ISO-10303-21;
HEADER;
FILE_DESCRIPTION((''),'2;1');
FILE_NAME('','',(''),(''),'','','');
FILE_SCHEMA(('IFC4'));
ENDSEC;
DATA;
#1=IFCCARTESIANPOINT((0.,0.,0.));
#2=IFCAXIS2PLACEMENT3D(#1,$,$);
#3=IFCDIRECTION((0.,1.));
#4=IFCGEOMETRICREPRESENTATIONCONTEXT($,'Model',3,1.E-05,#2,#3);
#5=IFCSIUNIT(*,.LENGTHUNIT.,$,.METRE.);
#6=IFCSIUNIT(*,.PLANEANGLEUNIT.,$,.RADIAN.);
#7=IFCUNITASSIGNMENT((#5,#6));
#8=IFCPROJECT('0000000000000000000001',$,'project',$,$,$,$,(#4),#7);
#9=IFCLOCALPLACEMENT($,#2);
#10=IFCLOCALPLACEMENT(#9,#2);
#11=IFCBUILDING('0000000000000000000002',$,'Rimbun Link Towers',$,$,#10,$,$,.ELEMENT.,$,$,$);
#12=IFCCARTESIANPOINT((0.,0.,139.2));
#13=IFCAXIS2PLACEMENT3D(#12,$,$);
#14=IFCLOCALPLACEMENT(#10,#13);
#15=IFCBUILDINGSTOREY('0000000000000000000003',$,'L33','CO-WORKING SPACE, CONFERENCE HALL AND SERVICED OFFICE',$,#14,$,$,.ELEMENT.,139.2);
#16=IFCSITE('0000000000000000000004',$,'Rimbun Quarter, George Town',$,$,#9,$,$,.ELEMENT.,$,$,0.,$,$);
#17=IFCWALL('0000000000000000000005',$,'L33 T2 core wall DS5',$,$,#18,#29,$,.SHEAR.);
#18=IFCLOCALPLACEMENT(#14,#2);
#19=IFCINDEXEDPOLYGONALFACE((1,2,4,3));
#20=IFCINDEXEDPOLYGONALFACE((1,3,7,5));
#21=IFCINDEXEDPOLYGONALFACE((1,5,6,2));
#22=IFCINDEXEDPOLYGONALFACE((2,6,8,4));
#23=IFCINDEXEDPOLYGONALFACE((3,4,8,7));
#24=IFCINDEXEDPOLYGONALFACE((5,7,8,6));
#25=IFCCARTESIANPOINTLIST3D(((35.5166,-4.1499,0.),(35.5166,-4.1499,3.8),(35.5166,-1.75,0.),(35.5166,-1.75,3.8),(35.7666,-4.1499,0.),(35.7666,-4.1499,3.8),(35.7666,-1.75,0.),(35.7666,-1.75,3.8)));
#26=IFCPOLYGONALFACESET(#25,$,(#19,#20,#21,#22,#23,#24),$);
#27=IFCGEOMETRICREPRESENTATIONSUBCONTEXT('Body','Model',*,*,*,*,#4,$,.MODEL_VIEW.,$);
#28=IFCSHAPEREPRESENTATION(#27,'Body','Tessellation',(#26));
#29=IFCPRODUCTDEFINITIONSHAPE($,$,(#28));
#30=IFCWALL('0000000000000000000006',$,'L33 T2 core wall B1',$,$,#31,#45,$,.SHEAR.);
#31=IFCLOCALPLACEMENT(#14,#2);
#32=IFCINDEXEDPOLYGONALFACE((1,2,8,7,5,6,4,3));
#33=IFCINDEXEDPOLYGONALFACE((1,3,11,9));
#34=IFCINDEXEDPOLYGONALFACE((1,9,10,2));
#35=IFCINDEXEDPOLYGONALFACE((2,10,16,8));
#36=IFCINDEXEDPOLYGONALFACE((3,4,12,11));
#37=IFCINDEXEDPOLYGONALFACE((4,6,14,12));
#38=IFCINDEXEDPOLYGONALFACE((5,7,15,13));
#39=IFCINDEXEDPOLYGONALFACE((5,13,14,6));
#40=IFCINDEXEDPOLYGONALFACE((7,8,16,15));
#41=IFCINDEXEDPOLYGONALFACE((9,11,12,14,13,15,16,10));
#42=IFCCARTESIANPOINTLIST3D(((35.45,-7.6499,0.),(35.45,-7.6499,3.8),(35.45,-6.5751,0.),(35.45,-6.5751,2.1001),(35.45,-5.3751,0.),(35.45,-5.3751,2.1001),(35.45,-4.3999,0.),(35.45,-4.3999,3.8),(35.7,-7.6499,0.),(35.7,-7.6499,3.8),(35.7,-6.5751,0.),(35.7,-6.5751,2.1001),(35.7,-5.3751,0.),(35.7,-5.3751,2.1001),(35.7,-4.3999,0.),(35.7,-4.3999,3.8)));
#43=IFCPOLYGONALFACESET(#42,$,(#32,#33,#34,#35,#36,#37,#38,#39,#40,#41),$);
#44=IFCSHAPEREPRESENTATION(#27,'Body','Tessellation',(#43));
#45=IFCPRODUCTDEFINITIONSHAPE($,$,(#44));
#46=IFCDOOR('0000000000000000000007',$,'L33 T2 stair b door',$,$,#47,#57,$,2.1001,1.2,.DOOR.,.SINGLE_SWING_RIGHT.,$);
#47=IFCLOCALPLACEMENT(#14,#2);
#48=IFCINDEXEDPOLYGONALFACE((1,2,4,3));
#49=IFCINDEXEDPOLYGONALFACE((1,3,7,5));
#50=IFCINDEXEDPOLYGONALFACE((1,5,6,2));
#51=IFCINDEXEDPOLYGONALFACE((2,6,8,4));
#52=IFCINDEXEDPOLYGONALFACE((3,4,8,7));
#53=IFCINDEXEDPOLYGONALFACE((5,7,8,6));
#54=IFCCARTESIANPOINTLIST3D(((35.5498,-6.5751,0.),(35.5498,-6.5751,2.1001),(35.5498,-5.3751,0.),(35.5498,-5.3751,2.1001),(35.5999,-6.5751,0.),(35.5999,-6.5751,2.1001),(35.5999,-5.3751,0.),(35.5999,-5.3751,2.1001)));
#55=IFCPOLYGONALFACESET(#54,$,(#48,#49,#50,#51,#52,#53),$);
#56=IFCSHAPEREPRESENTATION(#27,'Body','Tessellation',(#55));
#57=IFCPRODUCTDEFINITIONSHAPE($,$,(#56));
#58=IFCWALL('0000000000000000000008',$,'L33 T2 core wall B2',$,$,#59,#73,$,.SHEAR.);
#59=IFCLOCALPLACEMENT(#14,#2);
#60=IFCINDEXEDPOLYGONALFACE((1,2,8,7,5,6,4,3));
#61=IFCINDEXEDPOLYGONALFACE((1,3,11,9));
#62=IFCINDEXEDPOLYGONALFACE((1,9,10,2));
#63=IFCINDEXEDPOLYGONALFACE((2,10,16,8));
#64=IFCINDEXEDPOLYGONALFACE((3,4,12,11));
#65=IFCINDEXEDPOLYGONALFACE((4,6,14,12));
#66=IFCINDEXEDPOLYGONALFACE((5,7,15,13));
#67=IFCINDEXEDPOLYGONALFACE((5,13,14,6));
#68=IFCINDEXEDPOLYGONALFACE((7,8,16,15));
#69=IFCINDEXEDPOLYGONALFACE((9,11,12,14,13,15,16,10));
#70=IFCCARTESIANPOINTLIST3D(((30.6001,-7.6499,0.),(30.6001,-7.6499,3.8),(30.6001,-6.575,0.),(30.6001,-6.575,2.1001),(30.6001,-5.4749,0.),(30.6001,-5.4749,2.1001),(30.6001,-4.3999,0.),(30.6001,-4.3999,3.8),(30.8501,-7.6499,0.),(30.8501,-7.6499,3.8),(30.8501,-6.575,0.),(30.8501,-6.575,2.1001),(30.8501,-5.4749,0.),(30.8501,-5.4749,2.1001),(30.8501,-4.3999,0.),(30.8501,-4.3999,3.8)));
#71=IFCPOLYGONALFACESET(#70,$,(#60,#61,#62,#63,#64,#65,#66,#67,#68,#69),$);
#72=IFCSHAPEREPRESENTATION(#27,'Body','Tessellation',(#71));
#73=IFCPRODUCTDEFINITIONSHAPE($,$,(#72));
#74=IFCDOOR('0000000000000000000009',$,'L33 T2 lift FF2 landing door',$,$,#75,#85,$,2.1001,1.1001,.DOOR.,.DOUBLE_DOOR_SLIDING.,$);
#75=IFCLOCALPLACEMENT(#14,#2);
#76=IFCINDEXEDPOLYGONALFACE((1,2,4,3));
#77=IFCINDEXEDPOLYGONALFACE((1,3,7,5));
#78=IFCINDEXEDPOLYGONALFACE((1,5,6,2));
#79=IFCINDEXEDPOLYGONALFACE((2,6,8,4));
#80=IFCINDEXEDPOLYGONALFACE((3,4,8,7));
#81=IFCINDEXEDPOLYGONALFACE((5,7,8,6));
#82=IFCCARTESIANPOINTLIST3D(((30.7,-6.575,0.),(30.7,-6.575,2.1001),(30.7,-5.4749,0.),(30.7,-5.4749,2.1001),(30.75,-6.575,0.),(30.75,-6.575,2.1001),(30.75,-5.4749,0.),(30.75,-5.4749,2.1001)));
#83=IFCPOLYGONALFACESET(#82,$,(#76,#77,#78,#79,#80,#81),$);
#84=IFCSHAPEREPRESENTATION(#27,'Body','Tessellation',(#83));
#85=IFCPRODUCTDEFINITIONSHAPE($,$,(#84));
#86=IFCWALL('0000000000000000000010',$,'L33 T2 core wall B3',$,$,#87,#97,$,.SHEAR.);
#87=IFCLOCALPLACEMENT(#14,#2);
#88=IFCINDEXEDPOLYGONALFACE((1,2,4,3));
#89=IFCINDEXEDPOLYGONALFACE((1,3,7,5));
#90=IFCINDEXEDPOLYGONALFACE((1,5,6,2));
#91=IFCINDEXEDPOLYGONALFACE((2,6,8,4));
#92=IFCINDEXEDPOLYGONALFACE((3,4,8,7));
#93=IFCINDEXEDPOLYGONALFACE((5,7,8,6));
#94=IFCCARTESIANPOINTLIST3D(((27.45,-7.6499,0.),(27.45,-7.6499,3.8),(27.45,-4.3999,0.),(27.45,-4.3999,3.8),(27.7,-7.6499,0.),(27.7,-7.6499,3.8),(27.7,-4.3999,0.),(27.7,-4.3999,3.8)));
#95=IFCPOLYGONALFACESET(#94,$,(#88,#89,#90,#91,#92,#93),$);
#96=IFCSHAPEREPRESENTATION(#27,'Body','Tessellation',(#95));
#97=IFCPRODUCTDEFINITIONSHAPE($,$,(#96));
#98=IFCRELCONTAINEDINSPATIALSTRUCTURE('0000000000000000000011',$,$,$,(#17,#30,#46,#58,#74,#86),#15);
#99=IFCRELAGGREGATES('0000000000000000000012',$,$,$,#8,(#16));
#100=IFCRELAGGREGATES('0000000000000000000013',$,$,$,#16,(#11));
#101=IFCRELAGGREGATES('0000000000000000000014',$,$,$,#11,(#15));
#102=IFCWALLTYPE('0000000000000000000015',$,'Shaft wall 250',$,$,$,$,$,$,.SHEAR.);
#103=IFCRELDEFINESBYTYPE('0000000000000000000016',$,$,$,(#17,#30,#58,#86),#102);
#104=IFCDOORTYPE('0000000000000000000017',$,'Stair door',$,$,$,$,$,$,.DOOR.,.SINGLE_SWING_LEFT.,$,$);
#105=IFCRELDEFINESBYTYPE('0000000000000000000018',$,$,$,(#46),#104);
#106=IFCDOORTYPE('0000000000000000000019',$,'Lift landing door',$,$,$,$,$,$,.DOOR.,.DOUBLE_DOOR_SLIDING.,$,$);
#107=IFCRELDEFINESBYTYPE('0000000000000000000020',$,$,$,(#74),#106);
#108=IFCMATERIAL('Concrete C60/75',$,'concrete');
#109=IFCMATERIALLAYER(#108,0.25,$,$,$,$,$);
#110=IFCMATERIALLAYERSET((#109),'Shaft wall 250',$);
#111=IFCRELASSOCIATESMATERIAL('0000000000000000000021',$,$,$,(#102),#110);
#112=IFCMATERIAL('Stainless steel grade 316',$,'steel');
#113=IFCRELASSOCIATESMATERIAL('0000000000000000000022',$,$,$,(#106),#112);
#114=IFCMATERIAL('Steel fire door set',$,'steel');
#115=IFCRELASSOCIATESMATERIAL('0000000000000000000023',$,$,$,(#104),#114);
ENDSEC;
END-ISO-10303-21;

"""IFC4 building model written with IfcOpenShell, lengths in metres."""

from ifc_helpers import new_model, si_unit, direction, frame, frame_2d, origin, place, context, subcontext, project, spatial, rectangle, extrude, material, layer, layer_set, type_object, element, fill, save


model = new_model("IFC4")

# Units and contexts
model_context = context("Model", 3, precision=1e-05, world=origin(), true_north=direction((0.0, 1.0)))
body_context = subcontext(model_context, "Body", "Model", "MODEL_VIEW")
ifc_project = project(units=[si_unit("LENGTHUNIT", "METRE"), si_unit("PLANEANGLEUNIT", "RADIAN")], contexts=[model_context])

# Site, building, storey
site_placement = place(None, origin())
site = spatial("IfcSite", under=ifc_project, at=site_placement, Name="Rimbun Quarter, George Town", CompositionType="ELEMENT", RefElevation=0.0)
building_placement = place(site_placement, origin())
building = spatial("IfcBuilding", under=site, at=building_placement, Name="Rimbun Link Towers", CompositionType="ELEMENT")
storey_placement = place(building_placement, frame((0.0, 0.0, 139.2)))
storey = spatial("IfcBuildingStorey", under=building, at=storey_placement, Name="L33", Description="CO-WORKING SPACE, CONFERENCE HALL AND SERVICED OFFICE", CompositionType="ELEMENT", Elevation=139.2)

# Shared definitions
ifc_material_1 = material(Name="Concrete C60/75", Category="concrete")
ifc_layer_1 = layer(ifc_material_1, 0.25)
ifc_layer_set_1 = layer_set([ifc_layer_1], Name="Shaft wall 250")
wall_type_1 = type_object("IfcWallType", Name="Shaft wall 250", PredefinedType="SHEAR", material=ifc_layer_set_1)

# Shared definitions
ifc_material_2 = material(Name="Stainless steel grade 316", Category="steel")
door_type_1 = type_object("IfcDoorType", Name="Lift landing door", OperationType="DOUBLE_DOOR_SLIDING", PredefinedType="DOOR", material=ifc_material_2)

# Wall
for number, where, z_axis, x_axis, name in (
    (1, (35.6416, -4.1499, 0.0), (0.0, 0.0, 1.0), (0.0, 1.0, 0.0), "L33 T2 core wall DS5"),
):
    element("IfcWall", number, at=place(storey_placement, frame(where, z_axis=z_axis, x_axis=x_axis)), inside=storey, type_object=wall_type_1, Name=name, PredefinedType="SHEAR", context=body_context, shape_type="SweptSolid", body=[
        extrude(rectangle(XDim=2.3999, YDim=0.25, at=frame_2d((1.2, 0.0))), origin(), (0.0, 0.0, 1.0), 3.8),
    ])

# Walls, openings, doors
wall_1_placement = place(storey_placement, frame((35.575, -4.3999, 0.0), z_axis=(0.0, 0.0, 1.0), x_axis=(0.0, -1.0, 0.0)))
wall_1 = element("IfcWall", 2, at=wall_1_placement, inside=storey, type_object=wall_type_1, Name="L33 T2 core wall B1", PredefinedType="SHEAR", context=body_context, shape_type="SweptSolid", body=[
    extrude(rectangle(XDim=3.25, YDim=0.25, at=frame_2d((1.625, 0.0))), origin(), (0.0, 0.0, 1.0), 3.8),
])
opening_1_placement = place(wall_1_placement, frame((0.9751, 0.0, 0.0)))
opening_1 = element("IfcOpeningElement", 3, at=opening_1_placement, cuts=wall_1, PredefinedType="OPENING", context=body_context, shape_type="SweptSolid", body=[
    extrude(rectangle(XDim=1.2, YDim=2.1001, at=frame_2d((0.6001, 1.05))), frame((0.0, 0.135, 0.0), z_axis=(0.0, -1.0, 0.0), x_axis=(1.0, 0.0, 0.0)), (0.0, 0.0, 1.0), 0.27),
])
ifc_material_3 = material(Name="Steel fire door set", Category="steel")
door_type_2 = type_object("IfcDoorType", Name="Stair door", OperationType="SINGLE_SWING_LEFT", PredefinedType="DOOR", material=ifc_material_3)
door_1_placement = place(opening_1_placement, origin())
door_1 = element("IfcDoor", 4, at=door_1_placement, inside=storey, type_object=door_type_2, Name="L33 T2 stair b door", OperationType="SINGLE_SWING_RIGHT", OverallHeight=2.1001, OverallWidth=1.2, PredefinedType="DOOR", context=body_context, shape_type="SweptSolid", body=[
    extrude(rectangle(XDim=1.2, YDim=2.1001, at=frame_2d((0.6001, 1.05))), frame((0.0, 0.0249, 0.0), z_axis=(0.0, -1.0, 0.0), x_axis=(1.0, 0.0, 0.0)), (0.0, 0.0, 1.0), 0.05),
])
fill(opening_1, door_1)
wall_2_placement = place(storey_placement, frame((30.7251, -4.3999, 0.0), z_axis=(0.0, 0.0, 1.0), x_axis=(0.0, -1.0, 0.0)))
wall_2 = element("IfcWall", 5, at=wall_2_placement, inside=storey, type_object=wall_type_1, Name="L33 T2 core wall B2", PredefinedType="SHEAR", context=body_context, shape_type="SweptSolid", body=[
    extrude(rectangle(XDim=3.25, YDim=0.25, at=frame_2d((1.625, 0.0))), origin(), (0.0, 0.0, 1.0), 3.8),
])
opening_2_placement = place(wall_2_placement, frame((1.075, 0.0, 0.0)))
opening_2 = element("IfcOpeningElement", 6, at=opening_2_placement, cuts=wall_2, PredefinedType="OPENING", context=body_context, shape_type="SweptSolid", body=[
    extrude(rectangle(XDim=1.1001, YDim=2.1001, at=frame_2d((0.55, 1.05))), frame((0.0, 0.135, 0.0), z_axis=(0.0, -1.0, 0.0), x_axis=(1.0, 0.0, 0.0)), (0.0, 0.0, 1.0), 0.27),
])
door_2_placement = place(opening_2_placement, origin())
door_2 = element("IfcDoor", 7, at=door_2_placement, inside=storey, type_object=door_type_1, Name="L33 T2 lift FF2 landing door", OperationType="DOUBLE_DOOR_SLIDING", OverallHeight=2.1001, OverallWidth=1.1001, PredefinedType="DOOR", context=body_context, shape_type="SweptSolid", body=[
    extrude(rectangle(XDim=1.1001, YDim=2.1001, at=frame_2d((0.55, 1.05))), frame((0.0, 0.0249, 0.0), z_axis=(0.0, -1.0, 0.0), x_axis=(1.0, 0.0, 0.0)), (0.0, 0.0, 1.0), 0.05),
])
fill(opening_2, door_2)

# Wall
wall_3_placement = place(storey_placement, frame((27.575, -4.3999, 0.0), z_axis=(0.0, 0.0, 1.0), x_axis=(0.0, -1.0, 0.0)))
element("IfcWall", 8, at=wall_3_placement, inside=storey, type_object=wall_type_1, Name="L33 T2 core wall B3", PredefinedType="SHEAR", context=body_context, shape_type="SweptSolid", body=[
    extrude(rectangle(XDim=3.25, YDim=0.25, at=frame_2d((1.625, 0.0))), origin(), (0.0, 0.0, 1.0), 3.8),
])

save(model, "model.ifc")
